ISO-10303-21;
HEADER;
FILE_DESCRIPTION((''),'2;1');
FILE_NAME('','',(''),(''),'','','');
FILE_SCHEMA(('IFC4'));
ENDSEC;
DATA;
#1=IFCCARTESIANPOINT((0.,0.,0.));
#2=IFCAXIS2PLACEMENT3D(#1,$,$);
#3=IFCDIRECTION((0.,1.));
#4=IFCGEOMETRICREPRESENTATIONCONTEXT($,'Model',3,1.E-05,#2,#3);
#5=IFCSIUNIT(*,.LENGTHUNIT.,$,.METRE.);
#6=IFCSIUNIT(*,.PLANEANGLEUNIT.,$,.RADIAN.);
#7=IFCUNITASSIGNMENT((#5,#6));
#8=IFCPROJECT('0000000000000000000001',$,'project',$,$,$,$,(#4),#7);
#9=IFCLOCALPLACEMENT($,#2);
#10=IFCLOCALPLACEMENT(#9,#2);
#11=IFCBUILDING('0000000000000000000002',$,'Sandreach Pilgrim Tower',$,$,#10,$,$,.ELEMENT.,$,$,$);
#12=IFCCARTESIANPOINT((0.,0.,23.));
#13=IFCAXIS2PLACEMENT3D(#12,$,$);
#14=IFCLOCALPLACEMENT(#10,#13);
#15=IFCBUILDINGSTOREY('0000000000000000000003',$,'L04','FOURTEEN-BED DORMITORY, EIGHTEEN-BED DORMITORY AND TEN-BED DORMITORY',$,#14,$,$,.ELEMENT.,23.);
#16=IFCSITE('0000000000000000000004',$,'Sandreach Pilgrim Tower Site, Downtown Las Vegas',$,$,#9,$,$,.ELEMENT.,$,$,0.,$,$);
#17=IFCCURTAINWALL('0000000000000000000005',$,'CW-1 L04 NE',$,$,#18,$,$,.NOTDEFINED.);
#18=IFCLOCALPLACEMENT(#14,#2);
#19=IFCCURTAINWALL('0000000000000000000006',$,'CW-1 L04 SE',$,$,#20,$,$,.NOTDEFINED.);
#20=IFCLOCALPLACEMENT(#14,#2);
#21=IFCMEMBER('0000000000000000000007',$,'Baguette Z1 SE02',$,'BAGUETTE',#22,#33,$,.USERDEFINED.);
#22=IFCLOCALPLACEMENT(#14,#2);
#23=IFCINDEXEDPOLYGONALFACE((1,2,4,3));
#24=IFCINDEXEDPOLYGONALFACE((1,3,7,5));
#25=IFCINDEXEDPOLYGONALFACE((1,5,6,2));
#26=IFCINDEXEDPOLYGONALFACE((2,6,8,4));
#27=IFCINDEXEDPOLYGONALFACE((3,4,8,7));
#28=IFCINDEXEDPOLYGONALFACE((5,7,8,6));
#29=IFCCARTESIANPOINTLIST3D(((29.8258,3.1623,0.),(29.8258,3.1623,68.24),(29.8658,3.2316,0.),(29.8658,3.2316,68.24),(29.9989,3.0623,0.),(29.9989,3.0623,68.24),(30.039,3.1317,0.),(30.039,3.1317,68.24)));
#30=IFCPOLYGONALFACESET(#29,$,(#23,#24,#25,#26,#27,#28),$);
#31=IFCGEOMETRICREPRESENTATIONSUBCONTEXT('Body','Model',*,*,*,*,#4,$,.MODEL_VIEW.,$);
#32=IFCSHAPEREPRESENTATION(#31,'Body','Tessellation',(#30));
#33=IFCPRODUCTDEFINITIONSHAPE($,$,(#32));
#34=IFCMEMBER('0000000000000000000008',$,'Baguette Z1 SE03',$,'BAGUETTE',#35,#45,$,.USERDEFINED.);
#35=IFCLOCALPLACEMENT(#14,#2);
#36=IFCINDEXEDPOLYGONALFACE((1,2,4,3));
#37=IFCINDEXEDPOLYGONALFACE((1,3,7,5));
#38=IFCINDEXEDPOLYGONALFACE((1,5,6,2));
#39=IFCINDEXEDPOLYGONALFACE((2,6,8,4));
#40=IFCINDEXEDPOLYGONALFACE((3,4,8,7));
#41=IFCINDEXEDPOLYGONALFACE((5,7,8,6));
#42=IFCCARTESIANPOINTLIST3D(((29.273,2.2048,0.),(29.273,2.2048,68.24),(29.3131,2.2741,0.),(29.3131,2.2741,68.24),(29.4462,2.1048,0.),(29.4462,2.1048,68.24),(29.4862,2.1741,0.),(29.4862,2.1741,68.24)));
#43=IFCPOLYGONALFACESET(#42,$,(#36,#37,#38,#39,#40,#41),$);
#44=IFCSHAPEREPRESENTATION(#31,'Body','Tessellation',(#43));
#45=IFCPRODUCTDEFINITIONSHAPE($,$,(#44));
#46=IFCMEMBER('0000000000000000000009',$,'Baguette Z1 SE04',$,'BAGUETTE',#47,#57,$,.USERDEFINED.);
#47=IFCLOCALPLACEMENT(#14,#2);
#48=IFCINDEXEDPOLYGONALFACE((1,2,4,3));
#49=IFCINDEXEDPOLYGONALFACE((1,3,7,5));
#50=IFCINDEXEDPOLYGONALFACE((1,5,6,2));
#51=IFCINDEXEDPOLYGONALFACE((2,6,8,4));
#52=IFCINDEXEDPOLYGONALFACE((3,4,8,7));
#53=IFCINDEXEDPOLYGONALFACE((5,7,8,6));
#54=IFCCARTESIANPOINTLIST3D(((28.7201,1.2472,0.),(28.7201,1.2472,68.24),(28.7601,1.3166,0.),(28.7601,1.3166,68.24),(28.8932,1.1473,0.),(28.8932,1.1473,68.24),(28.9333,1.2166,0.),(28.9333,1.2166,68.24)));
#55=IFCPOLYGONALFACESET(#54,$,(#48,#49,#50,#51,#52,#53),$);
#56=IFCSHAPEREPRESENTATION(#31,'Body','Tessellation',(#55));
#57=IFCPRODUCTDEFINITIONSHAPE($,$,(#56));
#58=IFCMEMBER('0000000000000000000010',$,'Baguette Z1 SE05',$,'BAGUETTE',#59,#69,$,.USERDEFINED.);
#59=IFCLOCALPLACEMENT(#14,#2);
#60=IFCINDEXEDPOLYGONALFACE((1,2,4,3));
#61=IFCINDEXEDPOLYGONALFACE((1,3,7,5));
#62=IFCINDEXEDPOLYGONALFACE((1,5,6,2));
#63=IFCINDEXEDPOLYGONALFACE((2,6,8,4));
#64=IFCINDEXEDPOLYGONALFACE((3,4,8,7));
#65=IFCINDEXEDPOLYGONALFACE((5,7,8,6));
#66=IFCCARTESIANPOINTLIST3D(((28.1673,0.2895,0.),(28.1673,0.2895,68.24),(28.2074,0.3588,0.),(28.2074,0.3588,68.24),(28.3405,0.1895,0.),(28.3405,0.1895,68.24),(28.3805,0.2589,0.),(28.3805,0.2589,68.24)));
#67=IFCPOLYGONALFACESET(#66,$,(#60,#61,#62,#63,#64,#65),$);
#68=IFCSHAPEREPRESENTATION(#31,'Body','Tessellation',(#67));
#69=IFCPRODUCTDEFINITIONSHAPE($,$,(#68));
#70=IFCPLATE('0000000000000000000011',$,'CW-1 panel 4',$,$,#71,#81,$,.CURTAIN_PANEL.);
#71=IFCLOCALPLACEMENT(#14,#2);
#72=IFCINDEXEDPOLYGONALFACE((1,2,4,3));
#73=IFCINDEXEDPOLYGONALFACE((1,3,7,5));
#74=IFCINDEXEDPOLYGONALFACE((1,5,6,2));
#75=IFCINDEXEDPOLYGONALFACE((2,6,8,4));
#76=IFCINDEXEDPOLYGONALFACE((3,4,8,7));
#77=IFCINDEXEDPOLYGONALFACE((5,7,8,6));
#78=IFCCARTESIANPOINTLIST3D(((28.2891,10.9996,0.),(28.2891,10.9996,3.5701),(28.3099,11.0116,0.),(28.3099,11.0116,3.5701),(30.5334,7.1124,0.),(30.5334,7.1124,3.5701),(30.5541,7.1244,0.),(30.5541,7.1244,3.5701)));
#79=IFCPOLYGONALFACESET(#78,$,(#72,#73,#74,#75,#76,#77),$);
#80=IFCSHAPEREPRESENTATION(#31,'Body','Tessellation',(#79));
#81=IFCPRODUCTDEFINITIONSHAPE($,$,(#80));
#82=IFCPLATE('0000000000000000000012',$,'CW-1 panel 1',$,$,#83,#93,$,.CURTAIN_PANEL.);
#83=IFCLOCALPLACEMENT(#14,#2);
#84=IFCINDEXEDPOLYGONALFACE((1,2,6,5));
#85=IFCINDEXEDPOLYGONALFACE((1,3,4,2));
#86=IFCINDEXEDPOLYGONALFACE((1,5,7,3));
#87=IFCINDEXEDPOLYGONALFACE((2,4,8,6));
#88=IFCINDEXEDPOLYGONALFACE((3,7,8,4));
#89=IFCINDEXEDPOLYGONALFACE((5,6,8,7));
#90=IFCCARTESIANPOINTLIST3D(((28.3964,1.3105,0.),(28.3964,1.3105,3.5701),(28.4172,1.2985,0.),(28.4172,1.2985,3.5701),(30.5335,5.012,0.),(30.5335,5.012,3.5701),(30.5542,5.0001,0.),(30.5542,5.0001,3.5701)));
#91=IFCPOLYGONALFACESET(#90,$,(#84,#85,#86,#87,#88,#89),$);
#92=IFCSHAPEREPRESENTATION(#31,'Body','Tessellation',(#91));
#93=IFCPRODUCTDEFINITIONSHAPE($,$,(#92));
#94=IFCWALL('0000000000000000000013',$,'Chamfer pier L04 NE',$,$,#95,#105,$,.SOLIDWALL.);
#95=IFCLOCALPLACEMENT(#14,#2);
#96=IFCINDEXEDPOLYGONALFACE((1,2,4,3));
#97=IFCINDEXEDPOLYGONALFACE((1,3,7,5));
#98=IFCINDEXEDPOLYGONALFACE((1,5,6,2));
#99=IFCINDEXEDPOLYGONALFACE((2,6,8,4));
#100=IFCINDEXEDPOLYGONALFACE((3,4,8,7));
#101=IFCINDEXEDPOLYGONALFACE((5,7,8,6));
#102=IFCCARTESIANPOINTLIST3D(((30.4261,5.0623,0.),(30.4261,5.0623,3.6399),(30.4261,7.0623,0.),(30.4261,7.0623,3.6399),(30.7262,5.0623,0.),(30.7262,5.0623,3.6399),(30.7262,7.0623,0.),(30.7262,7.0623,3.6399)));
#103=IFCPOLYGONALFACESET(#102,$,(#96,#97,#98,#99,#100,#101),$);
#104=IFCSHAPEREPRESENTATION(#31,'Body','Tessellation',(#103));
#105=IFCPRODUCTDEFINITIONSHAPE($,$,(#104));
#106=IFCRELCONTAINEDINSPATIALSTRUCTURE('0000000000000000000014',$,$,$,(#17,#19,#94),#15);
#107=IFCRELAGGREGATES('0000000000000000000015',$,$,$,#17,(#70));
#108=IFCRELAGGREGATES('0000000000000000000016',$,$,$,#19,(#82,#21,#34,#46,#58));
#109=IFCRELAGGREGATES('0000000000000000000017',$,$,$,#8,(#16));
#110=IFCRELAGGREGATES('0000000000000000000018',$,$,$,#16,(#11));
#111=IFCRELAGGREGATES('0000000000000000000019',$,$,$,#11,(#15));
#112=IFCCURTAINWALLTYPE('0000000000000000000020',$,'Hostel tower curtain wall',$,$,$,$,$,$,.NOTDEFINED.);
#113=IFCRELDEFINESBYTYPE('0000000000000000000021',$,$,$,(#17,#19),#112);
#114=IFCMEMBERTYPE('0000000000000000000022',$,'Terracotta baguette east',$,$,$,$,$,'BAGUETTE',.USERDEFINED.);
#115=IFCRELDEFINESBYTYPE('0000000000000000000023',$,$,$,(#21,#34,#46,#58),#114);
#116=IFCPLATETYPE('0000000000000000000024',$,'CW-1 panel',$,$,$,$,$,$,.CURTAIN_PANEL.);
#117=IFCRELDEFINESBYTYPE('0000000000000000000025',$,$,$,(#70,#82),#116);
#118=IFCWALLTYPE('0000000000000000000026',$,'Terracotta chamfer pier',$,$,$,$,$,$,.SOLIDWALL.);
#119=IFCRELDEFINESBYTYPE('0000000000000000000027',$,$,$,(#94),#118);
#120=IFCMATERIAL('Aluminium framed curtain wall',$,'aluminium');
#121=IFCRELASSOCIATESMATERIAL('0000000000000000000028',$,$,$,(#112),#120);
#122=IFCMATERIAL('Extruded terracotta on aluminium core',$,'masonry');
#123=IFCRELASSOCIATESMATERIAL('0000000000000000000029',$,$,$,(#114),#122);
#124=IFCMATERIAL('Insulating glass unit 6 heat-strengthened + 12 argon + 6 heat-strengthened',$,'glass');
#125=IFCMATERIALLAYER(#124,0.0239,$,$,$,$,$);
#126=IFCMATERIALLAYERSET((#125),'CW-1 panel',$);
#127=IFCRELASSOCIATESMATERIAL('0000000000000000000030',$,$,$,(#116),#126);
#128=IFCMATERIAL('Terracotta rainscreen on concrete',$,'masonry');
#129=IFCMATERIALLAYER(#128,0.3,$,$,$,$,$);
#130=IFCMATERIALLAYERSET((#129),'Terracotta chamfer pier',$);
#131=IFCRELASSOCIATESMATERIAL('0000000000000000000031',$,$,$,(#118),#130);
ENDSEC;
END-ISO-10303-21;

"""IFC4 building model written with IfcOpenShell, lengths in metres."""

from ifc_helpers import new_model, si_unit, direction, frame, frame_2d, origin, origin_2d, place, context, subcontext, project, spatial, rectangle, extrude, material, layer, layer_set, material_profile, profile_set, type_object, element, aggregate, save


model = new_model("IFC4")

# Units and contexts
model_context = context("Model", 3, precision=1e-05, world=origin(), true_north=direction((0.0, 1.0)))
body_context = subcontext(model_context, "Body", "Model", "MODEL_VIEW")
ifc_project = project(units=[si_unit("LENGTHUNIT", "METRE"), si_unit("PLANEANGLEUNIT", "RADIAN")], contexts=[model_context])

# Site, building, storey
site_placement = place(None, origin())
site = spatial("IfcSite", under=ifc_project, at=site_placement, Name="Sandreach Pilgrim Tower Site, Downtown Las Vegas", CompositionType="ELEMENT", RefElevation=0.0)
building_placement = place(site_placement, origin())
building = spatial("IfcBuilding", under=site, at=building_placement, Name="Sandreach Pilgrim Tower", CompositionType="ELEMENT")
storey_placement = place(building_placement, frame((0.0, 0.0, 23.0)))
storey = spatial("IfcBuildingStorey", under=building, at=storey_placement, Name="L04", Description="FOURTEEN-BED DORMITORY, EIGHTEEN-BED DORMITORY AND TEN-BED DORMITORY", CompositionType="ELEMENT", Elevation=23.0)

# Curtain walls
ifc_material_1 = material(Name="Aluminium framed curtain wall", Category="aluminium")
curtain_wall_type = type_object("IfcCurtainWallType", Name="Hostel tower curtain wall", PredefinedType="NOTDEFINED", material=ifc_material_1)
curtain_wall_1_placement = place(storey_placement, origin())
curtain_wall_1 = element("IfcCurtainWall", 1, at=curtain_wall_1_placement, inside=storey, type_object=curtain_wall_type, Name="CW-1 L04 NE", PredefinedType="NOTDEFINED")
curtain_wall_2_placement = place(storey_placement, origin())
curtain_wall_2 = element("IfcCurtainWall", 2, at=curtain_wall_2_placement, inside=storey, type_object=curtain_wall_type, Name="CW-1 L04 SE", PredefinedType="NOTDEFINED")

# Members
ifc_material_2 = material(Name="Extruded terracotta on aluminium core", Category="masonry")
ifc_material_profile_1 = material_profile(ifc_material_2, rectangle(XDim=0.0801, YDim=0.2, at=origin_2d()), Name="TBE 80X200")
ifc_profile_set_1 = profile_set([ifc_material_profile_1], Name="Extruded terracotta on aluminium core")
member_type_1 = type_object("IfcMemberType", Name="Terracotta baguette east", ElementType="BAGUETTE", PredefinedType="USERDEFINED", material=ifc_profile_set_1)
member_1_placement = place(storey_placement, frame((29.9324, 3.147, 0.0), z_axis=(0.0, 0.0, 1.0), x_axis=(-0.5, -0.866025, 0.0)))
member_1 = element("IfcMember", 3, at=member_1_placement, type_object=member_type_1, Name="Baguette Z1 SE02", ObjectType="BAGUETTE", PredefinedType="USERDEFINED", context=body_context, shape_type="SweptSolid", body=[
    extrude(rectangle(XDim=0.0801, YDim=0.2, at=origin_2d()), origin(), (0.0, 0.0, 1.0), 68.24),
])
member_2_placement = place(storey_placement, frame((29.3796, 2.1895, 0.0), z_axis=(0.0, 0.0, 1.0), x_axis=(-0.5, -0.866025, 0.0)))
member_2 = element("IfcMember", 4, at=member_2_placement, type_object=member_type_1, Name="Baguette Z1 SE03", ObjectType="BAGUETTE", PredefinedType="USERDEFINED", context=body_context, shape_type="SweptSolid", body=[
    extrude(rectangle(XDim=0.0801, YDim=0.2, at=origin_2d()), origin(), (0.0, 0.0, 1.0), 68.24),
])
member_3_placement = place(storey_placement, frame((28.8267, 1.2319, 0.0), z_axis=(0.0, 0.0, 1.0), x_axis=(-0.5, -0.866025, 0.0)))
member_3 = element("IfcMember", 5, at=member_3_placement, type_object=member_type_1, Name="Baguette Z1 SE04", ObjectType="BAGUETTE", PredefinedType="USERDEFINED", context=body_context, shape_type="SweptSolid", body=[
    extrude(rectangle(XDim=0.0801, YDim=0.2, at=origin_2d()), origin(), (0.0, 0.0, 1.0), 68.24),
])
member_4_placement = place(storey_placement, frame((28.2739, 0.2742, 0.0), z_axis=(0.0, 0.0, 1.0), x_axis=(-0.5, -0.866025, 0.0)))
member_4 = element("IfcMember", 6, at=member_4_placement, type_object=member_type_1, Name="Baguette Z1 SE05", ObjectType="BAGUETTE", PredefinedType="USERDEFINED", context=body_context, shape_type="SweptSolid", body=[
    extrude(rectangle(XDim=0.0801, YDim=0.2, at=origin_2d()), origin(), (0.0, 0.0, 1.0), 68.24),
])

# Plates
ifc_material_3 = material(Name="Insulating glass unit 6 heat-strengthened + 12 argon + 6 heat-strengthened", Category="glass")
ifc_layer_1 = layer(ifc_material_3, 0.0239)
ifc_layer_set_1 = layer_set([ifc_layer_1], Name="CW-1 panel")
plate_type = type_object("IfcPlateType", Name="CW-1 panel", PredefinedType="CURTAIN_PANEL", material=ifc_layer_set_1)
plate_1_placement = place(storey_placement, frame((29.4216, 9.062, 0.0), z_axis=(0.0, 0.0, 1.0), x_axis=(0.5, -0.866025, 0.0)))
plate_1 = element("IfcPlate", 7, at=plate_1_placement, type_object=plate_type, Name="CW-1 panel 4", PredefinedType="CURTAIN_PANEL", context=body_context, shape_type="SweptSolid", body=[
    extrude(rectangle(XDim=4.4885, YDim=0.0239, at=origin_2d()), origin(), (0.0, 0.0, 1.0), 3.5701),
])
aggregate(curtain_wall_1, [plate_1])
plate_2_placement = place(storey_placement, frame((29.4753, 3.1553, 0.0), z_axis=(0.0, 0.0, 1.0), x_axis=(-0.5, -0.866025, 0.0)))
plate_2 = element("IfcPlate", 8, at=plate_2_placement, type_object=plate_type, Name="CW-1 panel 1", PredefinedType="CURTAIN_PANEL", context=body_context, shape_type="SweptSolid", body=[
    extrude(rectangle(XDim=4.2742, YDim=0.0239, at=origin_2d()), origin(), (0.0, 0.0, 1.0), 3.5701),
])
aggregate(curtain_wall_2, [plate_2, member_1, member_2, member_3, member_4])

# Wall
ifc_material_4 = material(Name="Terracotta rainscreen on concrete", Category="masonry")
ifc_layer_2 = layer(ifc_material_4, 0.3)
ifc_layer_set_2 = layer_set([ifc_layer_2], Name="Terracotta chamfer pier")
wall_type = type_object("IfcWallType", Name="Terracotta chamfer pier", PredefinedType="SOLIDWALL", material=ifc_layer_set_2)
wall_placement = place(storey_placement, frame((30.5762, 7.0623, 0.0), z_axis=(0.0, 0.0, 1.0), x_axis=(0.0, -1.0, 0.0)))
element("IfcWall", 9, at=wall_placement, inside=storey, type_object=wall_type, Name="Chamfer pier L04 NE", PredefinedType="SOLIDWALL", context=body_context, shape_type="SweptSolid", body=[
    extrude(rectangle(XDim=2.0, YDim=0.3, at=frame_2d((1.0, 0.0))), origin(), (0.0, 0.0, 1.0), 3.6399),
])

save(model, "model.ifc")
